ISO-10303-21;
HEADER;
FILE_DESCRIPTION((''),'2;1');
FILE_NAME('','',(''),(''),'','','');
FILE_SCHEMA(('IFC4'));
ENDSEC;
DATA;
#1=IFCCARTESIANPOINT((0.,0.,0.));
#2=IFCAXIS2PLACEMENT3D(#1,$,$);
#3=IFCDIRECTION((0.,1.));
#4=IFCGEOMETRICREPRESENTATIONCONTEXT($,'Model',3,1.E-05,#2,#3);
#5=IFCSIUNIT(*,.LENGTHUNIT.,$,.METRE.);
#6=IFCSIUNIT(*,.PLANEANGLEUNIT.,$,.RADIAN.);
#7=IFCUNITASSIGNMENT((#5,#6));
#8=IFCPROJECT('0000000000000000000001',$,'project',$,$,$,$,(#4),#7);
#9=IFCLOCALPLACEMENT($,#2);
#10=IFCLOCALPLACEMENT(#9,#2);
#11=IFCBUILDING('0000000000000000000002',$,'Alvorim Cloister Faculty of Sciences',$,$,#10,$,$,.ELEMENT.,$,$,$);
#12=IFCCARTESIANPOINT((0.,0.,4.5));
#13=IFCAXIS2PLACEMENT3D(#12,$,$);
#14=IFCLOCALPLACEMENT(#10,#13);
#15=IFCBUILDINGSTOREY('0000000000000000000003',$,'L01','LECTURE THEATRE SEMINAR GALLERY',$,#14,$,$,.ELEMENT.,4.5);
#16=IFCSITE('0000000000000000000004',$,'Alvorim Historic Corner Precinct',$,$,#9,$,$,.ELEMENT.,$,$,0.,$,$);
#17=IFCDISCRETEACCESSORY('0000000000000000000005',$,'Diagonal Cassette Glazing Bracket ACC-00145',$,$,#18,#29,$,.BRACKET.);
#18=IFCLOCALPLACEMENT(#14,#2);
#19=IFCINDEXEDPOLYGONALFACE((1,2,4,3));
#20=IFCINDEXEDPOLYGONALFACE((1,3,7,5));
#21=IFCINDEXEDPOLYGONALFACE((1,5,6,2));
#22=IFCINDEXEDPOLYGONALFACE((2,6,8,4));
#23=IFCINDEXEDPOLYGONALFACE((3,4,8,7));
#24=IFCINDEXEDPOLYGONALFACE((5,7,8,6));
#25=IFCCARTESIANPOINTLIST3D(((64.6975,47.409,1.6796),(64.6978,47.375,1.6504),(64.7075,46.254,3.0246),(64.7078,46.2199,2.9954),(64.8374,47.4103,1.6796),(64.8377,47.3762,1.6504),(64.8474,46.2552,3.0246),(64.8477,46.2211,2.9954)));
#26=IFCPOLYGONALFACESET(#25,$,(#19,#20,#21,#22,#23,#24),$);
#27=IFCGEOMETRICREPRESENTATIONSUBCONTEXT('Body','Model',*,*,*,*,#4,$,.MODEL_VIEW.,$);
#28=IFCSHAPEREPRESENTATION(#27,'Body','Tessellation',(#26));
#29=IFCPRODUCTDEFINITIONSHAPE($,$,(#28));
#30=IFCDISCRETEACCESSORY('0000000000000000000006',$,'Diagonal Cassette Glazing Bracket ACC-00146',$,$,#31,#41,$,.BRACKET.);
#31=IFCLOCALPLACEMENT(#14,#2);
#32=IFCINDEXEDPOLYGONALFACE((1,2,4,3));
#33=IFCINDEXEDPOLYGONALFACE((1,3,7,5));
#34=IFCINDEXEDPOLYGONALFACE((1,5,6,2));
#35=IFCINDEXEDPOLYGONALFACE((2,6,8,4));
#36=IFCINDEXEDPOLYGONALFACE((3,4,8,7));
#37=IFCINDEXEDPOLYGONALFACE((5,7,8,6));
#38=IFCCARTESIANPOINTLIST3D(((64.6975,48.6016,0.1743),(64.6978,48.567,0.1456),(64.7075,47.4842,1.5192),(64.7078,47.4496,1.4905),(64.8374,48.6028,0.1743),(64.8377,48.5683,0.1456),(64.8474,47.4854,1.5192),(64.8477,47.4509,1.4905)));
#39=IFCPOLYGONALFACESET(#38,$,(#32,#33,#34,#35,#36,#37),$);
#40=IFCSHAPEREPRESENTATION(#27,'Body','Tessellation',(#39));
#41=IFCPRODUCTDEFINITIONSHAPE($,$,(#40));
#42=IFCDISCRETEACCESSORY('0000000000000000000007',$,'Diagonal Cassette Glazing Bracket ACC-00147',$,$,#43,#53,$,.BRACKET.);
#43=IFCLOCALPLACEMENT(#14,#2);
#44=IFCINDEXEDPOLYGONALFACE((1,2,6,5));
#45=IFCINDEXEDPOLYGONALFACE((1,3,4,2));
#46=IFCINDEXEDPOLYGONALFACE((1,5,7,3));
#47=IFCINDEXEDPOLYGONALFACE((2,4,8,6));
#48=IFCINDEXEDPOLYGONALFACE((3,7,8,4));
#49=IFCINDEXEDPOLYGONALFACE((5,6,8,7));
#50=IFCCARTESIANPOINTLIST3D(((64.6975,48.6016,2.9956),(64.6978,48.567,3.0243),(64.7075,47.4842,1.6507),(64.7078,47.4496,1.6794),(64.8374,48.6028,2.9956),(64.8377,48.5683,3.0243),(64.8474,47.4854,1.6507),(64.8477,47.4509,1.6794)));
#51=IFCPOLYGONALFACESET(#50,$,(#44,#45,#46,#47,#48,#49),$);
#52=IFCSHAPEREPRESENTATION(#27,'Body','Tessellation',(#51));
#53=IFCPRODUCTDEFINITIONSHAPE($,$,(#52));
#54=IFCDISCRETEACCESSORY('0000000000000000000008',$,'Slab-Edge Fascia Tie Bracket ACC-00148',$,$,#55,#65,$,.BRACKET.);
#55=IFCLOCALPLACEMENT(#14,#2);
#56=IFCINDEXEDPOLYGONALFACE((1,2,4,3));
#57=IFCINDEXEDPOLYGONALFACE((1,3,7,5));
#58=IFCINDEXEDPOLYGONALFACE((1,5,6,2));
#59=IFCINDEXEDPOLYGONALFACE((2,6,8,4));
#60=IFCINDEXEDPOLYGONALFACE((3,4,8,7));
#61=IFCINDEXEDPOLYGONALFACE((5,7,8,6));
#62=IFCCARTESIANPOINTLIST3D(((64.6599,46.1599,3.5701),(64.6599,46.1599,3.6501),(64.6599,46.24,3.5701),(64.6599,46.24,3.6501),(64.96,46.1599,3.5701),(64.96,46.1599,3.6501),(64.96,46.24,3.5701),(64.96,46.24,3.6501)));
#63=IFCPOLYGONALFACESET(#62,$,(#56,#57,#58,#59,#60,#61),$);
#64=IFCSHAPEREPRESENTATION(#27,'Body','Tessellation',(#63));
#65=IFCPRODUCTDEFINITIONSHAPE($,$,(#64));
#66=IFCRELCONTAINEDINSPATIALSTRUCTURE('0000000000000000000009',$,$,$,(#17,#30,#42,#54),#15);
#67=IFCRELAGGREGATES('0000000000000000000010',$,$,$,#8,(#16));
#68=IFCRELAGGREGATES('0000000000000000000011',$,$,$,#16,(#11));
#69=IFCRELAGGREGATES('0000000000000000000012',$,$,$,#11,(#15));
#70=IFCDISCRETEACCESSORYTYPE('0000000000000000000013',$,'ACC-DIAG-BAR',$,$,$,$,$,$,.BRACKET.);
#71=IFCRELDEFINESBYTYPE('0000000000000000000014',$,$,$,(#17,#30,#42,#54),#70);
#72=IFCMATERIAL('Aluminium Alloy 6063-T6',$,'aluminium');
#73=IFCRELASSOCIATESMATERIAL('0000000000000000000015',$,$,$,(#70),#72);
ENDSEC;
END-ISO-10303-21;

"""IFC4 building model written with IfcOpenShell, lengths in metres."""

from ifc_helpers import new_model, si_unit, direction, frame, origin, origin_2d, place, context, subcontext, project, spatial, rectangle, extrude, material, type_object, element, save


model = new_model("IFC4")

# Units and contexts
model_context = context("Model", 3, precision=1e-05, world=origin(), true_north=direction((0.0, 1.0)))
body_context = subcontext(model_context, "Body", "Model", "MODEL_VIEW")
ifc_project = project(units=[si_unit("LENGTHUNIT", "METRE"), si_unit("PLANEANGLEUNIT", "RADIAN")], contexts=[model_context])

# Site, building, storey
site_placement = place(None, origin())
site = spatial("IfcSite", under=ifc_project, at=site_placement, Name="Alvorim Historic Corner Precinct", CompositionType="ELEMENT", RefElevation=0.0)
building_placement = place(site_placement, origin())
building = spatial("IfcBuilding", under=site, at=building_placement, Name="Alvorim Cloister Faculty of Sciences", CompositionType="ELEMENT")
storey_placement = place(building_placement, frame((0.0, 0.0, 4.5)))
storey = spatial("IfcBuildingStorey", under=building, at=storey_placement, Name="L01", Description="LECTURE THEATRE SEMINAR GALLERY", CompositionType="ELEMENT", Elevation=4.5)

# Shared definitions
ifc_material_1 = material(Name="Aluminium Alloy 6063-T6", Category="aluminium")

# Discrete accessories
discrete_accessory_type = type_object("IfcDiscreteAccessoryType", Name="ACC-DIAG-BAR", PredefinedType="BRACKET", material=ifc_material_1)
for number, where, z_axis, x_axis, name in (
    (1, (64.7776, 46.2375, 3.01), (-0.005646, 0.651495, -0.758632), (-0.999962, -0.008666, 0.0), "Diagonal Cassette Glazing Bracket ACC-00145"),
):
    element("IfcDiscreteAccessory", number, at=place(storey_placement, frame(where, z_axis=z_axis, x_axis=x_axis)), inside=storey, type_object=discrete_accessory_type, Name=name, PredefinedType="BRACKET", context=body_context, shape_type="SweptSolid", body=[
        extrude(rectangle(XDim=0.1399, YDim=0.0449, at=origin_2d()), origin(), (0.0, 0.0, 1.0), 1.7729),
    ])
for number, where, z_axis, x_axis, name in (
    (2, (64.7776, 47.4675, 1.5049), (-0.005724, 0.639033, -0.769158), (-0.99996, -0.008957, 0.0), "Diagonal Cassette Glazing Bracket ACC-00146"),
    (3, (64.7776, 47.4675, 1.665), (-0.005724, 0.639033, 0.769158), (-0.99996, -0.008957, 0.0), "Diagonal Cassette Glazing Bracket ACC-00147"),
):
    element("IfcDiscreteAccessory", number, at=place(storey_placement, frame(where, z_axis=z_axis, x_axis=x_axis)), inside=storey, type_object=discrete_accessory_type, Name=name, PredefinedType="BRACKET", context=body_context, shape_type="SweptSolid", body=[
        extrude(rectangle(XDim=0.1399, YDim=0.0449, at=origin_2d()), origin(), (0.0, 0.0, 1.0), 1.7485),
    ])
discrete_accessory_placement = place(storey_placement, frame((64.6599, 46.2, 3.6101), z_axis=(1.0, 0.0, 0.0), x_axis=(0.0, 1.0, 0.0)))
element("IfcDiscreteAccessory", 4, at=discrete_accessory_placement, inside=storey, type_object=discrete_accessory_type, Name="Slab-Edge Fascia Tie Bracket ACC-00148", PredefinedType="BRACKET", context=body_context, shape_type="SweptSolid", body=[
    extrude(rectangle(XDim=0.0801, YDim=0.0801, at=origin_2d()), origin(), (0.0, 0.0, 1.0), 0.3),
])

save(model, "model.ifc")
